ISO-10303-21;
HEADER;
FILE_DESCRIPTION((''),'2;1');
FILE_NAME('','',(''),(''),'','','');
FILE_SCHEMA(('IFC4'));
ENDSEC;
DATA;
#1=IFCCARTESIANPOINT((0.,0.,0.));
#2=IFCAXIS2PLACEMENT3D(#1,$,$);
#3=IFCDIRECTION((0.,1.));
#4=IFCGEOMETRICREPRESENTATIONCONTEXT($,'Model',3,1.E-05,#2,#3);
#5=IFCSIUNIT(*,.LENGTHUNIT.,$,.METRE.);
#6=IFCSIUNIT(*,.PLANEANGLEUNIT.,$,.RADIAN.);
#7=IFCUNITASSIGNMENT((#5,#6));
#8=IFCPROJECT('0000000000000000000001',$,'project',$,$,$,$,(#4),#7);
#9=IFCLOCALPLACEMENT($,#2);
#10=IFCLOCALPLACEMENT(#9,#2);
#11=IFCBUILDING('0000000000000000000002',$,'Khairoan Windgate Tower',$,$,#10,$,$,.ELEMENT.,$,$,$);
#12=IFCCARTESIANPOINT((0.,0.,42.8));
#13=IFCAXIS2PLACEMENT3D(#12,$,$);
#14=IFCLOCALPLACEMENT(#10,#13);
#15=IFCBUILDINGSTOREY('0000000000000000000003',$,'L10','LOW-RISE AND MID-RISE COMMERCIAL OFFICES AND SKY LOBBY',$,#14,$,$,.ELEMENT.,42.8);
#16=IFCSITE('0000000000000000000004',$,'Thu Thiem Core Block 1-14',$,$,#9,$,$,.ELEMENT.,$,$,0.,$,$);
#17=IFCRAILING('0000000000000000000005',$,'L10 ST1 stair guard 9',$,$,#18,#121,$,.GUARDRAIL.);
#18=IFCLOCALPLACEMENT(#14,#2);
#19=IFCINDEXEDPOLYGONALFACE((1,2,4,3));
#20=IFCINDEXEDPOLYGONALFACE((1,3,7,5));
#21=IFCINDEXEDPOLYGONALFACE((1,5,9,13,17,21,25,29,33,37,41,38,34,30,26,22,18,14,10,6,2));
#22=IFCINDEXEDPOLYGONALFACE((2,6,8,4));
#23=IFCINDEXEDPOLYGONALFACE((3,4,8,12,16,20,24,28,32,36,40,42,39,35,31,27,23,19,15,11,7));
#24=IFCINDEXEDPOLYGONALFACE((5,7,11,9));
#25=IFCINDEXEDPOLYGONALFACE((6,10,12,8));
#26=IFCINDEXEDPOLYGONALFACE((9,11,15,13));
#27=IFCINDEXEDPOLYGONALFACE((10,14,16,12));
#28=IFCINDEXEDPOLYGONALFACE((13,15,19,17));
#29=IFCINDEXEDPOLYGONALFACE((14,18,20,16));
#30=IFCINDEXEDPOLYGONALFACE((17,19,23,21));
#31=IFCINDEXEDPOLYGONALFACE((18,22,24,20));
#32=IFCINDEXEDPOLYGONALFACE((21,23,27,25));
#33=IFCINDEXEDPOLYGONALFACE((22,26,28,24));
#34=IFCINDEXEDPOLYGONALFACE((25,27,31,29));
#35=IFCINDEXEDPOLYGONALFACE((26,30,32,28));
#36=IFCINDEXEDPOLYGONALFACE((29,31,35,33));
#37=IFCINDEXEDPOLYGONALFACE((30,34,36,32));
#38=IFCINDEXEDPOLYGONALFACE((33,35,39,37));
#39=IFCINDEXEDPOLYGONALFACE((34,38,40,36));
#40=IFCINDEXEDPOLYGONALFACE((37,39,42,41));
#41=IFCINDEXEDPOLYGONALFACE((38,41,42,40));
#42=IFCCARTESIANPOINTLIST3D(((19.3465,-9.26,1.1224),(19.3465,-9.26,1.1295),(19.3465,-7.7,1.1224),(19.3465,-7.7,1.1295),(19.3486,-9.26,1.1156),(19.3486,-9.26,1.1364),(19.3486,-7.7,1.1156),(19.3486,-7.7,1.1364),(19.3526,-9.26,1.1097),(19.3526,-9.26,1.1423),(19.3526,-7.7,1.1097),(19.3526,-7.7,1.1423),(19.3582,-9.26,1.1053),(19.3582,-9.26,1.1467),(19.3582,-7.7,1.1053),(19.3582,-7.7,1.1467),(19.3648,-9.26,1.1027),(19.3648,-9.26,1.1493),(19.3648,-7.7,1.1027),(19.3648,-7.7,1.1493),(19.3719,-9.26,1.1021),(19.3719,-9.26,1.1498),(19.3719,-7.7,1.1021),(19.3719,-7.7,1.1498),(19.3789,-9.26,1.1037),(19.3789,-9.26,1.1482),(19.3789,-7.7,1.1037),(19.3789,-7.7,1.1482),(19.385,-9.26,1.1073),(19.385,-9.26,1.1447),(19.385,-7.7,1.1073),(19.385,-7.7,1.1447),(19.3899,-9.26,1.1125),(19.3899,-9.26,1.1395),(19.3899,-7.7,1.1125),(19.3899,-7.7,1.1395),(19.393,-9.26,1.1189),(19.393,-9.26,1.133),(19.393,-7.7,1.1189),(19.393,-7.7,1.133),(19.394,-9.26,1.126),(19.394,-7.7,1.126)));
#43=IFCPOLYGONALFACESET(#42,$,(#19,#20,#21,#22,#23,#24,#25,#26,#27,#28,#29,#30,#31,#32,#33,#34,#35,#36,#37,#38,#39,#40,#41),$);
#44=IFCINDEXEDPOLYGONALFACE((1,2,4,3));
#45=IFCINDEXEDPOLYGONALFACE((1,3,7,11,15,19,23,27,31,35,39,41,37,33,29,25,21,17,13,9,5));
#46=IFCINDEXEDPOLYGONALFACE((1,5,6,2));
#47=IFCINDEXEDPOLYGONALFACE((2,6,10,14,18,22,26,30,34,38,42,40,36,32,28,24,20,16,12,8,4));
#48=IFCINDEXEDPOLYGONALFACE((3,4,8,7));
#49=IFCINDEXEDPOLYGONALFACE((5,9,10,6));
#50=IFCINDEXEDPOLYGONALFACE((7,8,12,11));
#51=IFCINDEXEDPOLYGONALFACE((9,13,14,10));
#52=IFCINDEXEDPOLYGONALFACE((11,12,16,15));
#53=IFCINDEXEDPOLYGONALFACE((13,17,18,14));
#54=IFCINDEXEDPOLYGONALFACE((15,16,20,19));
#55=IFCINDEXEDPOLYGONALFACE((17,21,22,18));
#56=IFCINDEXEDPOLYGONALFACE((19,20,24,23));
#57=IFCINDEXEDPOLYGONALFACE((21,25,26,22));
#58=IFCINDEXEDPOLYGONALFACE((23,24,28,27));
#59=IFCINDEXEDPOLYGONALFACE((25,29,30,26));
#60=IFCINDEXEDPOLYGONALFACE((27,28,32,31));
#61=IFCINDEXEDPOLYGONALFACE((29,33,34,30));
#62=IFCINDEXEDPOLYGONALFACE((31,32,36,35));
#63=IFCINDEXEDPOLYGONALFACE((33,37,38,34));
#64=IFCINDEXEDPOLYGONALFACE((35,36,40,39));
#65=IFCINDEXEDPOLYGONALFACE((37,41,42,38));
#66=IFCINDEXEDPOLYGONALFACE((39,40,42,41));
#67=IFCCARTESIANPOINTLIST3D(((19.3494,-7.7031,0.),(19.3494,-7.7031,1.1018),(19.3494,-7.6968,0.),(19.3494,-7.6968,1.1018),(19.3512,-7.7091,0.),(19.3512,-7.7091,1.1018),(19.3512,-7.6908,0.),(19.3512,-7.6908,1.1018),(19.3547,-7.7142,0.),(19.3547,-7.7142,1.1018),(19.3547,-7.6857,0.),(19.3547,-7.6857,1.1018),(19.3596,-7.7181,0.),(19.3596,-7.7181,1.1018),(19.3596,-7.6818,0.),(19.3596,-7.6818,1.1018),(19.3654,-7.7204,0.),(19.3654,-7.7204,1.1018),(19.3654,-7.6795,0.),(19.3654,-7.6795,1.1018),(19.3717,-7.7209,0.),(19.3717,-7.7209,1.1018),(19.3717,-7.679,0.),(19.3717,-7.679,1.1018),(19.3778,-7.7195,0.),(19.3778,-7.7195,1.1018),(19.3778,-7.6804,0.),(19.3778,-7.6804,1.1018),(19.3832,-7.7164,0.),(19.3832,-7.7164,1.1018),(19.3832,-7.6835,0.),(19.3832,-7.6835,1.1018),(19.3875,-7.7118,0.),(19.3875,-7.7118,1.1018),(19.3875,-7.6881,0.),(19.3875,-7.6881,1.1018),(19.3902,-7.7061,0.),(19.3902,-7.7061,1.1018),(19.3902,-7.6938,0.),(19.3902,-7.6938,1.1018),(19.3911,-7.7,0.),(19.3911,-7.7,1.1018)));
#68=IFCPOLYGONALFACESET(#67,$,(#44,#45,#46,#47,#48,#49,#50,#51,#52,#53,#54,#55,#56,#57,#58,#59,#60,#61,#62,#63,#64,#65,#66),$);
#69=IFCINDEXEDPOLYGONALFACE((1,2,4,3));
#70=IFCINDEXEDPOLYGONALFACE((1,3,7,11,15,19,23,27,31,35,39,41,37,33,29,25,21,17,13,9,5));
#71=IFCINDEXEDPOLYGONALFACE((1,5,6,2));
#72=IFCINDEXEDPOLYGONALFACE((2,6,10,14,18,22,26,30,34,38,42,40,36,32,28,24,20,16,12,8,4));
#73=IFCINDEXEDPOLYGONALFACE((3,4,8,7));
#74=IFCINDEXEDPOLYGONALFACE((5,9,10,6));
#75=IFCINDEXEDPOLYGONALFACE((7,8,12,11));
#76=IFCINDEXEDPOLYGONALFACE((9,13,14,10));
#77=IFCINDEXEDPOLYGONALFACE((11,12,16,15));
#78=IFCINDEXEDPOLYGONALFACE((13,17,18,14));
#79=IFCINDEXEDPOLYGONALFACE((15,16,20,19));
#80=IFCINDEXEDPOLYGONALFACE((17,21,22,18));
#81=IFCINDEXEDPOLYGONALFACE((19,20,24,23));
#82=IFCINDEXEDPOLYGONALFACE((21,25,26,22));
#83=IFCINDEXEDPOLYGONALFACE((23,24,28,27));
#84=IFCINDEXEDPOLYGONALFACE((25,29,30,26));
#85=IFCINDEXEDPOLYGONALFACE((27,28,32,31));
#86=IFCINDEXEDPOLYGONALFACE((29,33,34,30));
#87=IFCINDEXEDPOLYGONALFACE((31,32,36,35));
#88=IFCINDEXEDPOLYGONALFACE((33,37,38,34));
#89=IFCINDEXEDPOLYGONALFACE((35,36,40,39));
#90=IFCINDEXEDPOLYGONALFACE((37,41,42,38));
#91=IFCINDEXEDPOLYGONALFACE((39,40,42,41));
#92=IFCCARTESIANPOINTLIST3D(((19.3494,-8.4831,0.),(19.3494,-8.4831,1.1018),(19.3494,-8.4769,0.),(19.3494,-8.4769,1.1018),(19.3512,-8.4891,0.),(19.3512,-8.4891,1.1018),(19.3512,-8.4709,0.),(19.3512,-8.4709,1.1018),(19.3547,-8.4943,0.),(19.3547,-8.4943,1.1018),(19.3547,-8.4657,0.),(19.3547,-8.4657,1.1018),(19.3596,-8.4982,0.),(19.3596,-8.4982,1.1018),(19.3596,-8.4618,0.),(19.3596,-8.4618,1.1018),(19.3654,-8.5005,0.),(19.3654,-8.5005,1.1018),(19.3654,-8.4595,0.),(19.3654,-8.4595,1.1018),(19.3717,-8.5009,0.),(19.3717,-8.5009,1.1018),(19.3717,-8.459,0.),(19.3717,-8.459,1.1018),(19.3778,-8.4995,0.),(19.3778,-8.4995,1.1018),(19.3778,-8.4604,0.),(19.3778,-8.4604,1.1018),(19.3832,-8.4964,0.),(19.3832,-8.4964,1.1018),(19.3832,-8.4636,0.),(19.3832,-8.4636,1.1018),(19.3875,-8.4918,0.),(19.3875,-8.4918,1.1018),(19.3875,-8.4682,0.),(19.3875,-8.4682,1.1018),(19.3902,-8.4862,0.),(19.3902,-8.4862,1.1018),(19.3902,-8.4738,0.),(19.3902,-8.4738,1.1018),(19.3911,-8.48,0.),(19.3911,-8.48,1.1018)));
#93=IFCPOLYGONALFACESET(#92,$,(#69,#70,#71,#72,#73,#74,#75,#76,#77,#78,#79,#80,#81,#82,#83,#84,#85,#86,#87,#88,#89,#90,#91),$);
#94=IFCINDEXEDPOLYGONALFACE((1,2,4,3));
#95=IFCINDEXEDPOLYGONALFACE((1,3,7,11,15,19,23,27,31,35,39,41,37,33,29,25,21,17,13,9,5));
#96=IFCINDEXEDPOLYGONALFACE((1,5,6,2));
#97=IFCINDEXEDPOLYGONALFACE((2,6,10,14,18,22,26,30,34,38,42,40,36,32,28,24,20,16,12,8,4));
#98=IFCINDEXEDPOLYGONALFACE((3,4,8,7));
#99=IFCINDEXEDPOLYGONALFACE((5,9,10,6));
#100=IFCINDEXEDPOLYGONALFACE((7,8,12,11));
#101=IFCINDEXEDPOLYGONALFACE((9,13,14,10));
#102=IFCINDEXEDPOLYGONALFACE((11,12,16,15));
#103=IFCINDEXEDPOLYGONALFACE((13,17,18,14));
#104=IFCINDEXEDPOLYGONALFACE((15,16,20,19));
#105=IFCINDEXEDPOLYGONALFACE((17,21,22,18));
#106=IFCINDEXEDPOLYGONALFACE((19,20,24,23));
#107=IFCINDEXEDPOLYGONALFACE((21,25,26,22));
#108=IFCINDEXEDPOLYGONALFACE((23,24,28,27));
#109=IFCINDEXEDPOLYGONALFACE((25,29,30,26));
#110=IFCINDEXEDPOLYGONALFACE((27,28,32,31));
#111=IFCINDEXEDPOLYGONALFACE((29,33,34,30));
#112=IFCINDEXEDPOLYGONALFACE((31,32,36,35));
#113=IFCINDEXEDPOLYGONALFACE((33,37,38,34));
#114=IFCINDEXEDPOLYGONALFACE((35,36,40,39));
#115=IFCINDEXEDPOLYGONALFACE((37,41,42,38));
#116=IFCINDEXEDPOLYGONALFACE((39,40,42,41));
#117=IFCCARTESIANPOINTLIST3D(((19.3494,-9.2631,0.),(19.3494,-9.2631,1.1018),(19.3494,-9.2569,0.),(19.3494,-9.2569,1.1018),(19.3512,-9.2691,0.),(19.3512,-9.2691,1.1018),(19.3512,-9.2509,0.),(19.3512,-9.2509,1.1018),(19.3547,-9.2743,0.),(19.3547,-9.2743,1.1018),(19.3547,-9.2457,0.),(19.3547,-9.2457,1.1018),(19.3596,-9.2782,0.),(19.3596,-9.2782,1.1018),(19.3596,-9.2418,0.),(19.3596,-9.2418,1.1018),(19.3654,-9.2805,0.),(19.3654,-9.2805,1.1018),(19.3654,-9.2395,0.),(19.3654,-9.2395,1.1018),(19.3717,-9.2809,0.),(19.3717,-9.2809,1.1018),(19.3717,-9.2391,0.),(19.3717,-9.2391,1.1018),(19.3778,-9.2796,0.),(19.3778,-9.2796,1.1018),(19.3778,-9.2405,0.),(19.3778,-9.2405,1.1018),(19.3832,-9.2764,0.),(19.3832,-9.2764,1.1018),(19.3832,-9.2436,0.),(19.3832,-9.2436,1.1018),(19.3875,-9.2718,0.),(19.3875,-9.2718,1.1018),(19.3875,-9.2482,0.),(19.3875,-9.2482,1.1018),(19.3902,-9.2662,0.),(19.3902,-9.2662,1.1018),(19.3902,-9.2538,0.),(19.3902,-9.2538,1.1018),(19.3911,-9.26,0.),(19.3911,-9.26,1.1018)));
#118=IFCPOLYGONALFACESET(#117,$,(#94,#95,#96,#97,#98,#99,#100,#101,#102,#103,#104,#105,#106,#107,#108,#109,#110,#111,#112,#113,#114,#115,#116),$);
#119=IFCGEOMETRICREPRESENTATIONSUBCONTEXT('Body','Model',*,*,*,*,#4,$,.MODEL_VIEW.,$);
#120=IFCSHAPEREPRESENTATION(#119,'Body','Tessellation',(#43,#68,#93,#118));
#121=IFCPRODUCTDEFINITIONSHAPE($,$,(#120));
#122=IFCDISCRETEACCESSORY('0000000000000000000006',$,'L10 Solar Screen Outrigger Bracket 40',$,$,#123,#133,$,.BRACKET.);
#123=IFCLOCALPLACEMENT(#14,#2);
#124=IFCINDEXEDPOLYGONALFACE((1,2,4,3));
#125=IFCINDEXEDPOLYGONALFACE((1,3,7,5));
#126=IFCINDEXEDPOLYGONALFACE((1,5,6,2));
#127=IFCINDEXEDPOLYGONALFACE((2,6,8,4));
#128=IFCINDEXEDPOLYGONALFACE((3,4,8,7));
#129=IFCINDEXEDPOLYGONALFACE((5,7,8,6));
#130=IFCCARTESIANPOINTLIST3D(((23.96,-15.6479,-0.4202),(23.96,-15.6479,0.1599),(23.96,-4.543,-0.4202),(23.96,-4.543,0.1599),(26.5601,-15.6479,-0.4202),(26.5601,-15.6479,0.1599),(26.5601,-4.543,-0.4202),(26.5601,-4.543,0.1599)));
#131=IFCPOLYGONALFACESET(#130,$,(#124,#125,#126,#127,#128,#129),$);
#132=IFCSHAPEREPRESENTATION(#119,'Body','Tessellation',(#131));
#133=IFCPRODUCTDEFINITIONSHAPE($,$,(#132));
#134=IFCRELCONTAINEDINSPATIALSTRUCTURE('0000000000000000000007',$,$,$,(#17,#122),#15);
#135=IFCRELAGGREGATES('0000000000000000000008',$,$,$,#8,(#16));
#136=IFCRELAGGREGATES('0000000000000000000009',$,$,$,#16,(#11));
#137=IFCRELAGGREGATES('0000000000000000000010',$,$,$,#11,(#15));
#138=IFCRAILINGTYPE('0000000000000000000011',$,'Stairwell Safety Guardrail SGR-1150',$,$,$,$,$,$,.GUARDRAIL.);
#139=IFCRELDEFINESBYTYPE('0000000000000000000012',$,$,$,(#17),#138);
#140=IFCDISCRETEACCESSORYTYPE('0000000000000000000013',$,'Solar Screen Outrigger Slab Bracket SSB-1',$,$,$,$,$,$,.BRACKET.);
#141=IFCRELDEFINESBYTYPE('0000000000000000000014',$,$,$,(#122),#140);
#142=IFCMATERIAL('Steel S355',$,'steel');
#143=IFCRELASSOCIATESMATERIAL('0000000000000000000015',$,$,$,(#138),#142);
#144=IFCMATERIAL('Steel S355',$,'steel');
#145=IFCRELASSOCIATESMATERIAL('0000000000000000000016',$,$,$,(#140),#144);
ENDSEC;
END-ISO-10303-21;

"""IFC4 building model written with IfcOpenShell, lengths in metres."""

from ifc_helpers import new_model, si_unit, direction, frame, origin, origin_2d, place, context, subcontext, project, spatial, rectangle, circle, extrude, material, type_object, element, save


model = new_model("IFC4")

# Units and contexts
model_context = context("Model", 3, precision=1e-05, world=origin(), true_north=direction((0.0, 1.0)))
body_context = subcontext(model_context, "Body", "Model", "MODEL_VIEW")
ifc_project = project(units=[si_unit("LENGTHUNIT", "METRE"), si_unit("PLANEANGLEUNIT", "RADIAN")], contexts=[model_context])

# Site, building, storey
site_placement = place(None, origin())
site = spatial("IfcSite", under=ifc_project, at=site_placement, Name="Thu Thiem Core Block 1-14", CompositionType="ELEMENT", RefElevation=0.0)
building_placement = place(site_placement, origin())
building = spatial("IfcBuilding", under=site, at=building_placement, Name="Khairoan Windgate Tower", CompositionType="ELEMENT")
storey_placement = place(building_placement, frame((0.0, 0.0, 42.8)))
storey = spatial("IfcBuildingStorey", under=building, at=storey_placement, Name="L10", Description="LOW-RISE AND MID-RISE COMMERCIAL OFFICES AND SKY LOBBY", CompositionType="ELEMENT", Elevation=42.8)

# Railing
ifc_material_1 = material(Name="Steel S355", Category="steel")
railing_type_1 = type_object("IfcRailingType", Name="Stairwell Safety Guardrail SGR-1150", PredefinedType="GUARDRAIL", material=ifc_material_1)
for number, where, name in (
    (1, (19.3701, -7.7, 0.0), "L10 ST1 stair guard 9"),
):
    element("IfcRailing", number, at=place(storey_placement, frame(where)), inside=storey, type_object=railing_type_1, Name=name, PredefinedType="GUARDRAIL", context=body_context, shape_type="SweptSolid", body=[
        extrude(circle(Radius=0.0239, at=origin_2d()), frame((0.0, 0.0, 1.126), z_axis=(0.0, -1.0, 0.0), x_axis=(1.0, 0.0, 0.0)), (0.0, 0.0, 1.0), 1.5601),
        extrude(circle(Radius=0.021, at=origin_2d()), origin(), (0.0, 0.0, 1.0), 1.1018),
        extrude(circle(Radius=0.021, at=origin_2d()), frame((0.0, -0.78, 0.0)), (0.0, 0.0, 1.0), 1.1018),
        extrude(circle(Radius=0.021, at=origin_2d()), frame((0.0, -1.5601, 0.0)), (0.0, 0.0, 1.0), 1.1018),
    ])

# Discrete accessory
ifc_material_2 = material(Name="Steel S355", Category="steel")
discrete_accessory_type = type_object("IfcDiscreteAccessoryType", Name="Solar Screen Outrigger Slab Bracket SSB-1", PredefinedType="BRACKET", material=ifc_material_2)
discrete_accessory_placement = place(storey_placement, frame((25.26, -10.0955, -0.4202), z_axis=(0.0, 0.0, 1.0), x_axis=(0.0, -1.0, 0.0)))
element("IfcDiscreteAccessory", 2, at=discrete_accessory_placement, inside=storey, type_object=discrete_accessory_type, Name="L10 Solar Screen Outrigger Bracket 40", PredefinedType="BRACKET", context=body_context, shape_type="SweptSolid", body=[
    extrude(rectangle(XDim=11.105, YDim=2.6001, at=origin_2d()), origin(), (0.0, 0.0, 1.0), 0.5801),
])

save(model, "model.ifc")
